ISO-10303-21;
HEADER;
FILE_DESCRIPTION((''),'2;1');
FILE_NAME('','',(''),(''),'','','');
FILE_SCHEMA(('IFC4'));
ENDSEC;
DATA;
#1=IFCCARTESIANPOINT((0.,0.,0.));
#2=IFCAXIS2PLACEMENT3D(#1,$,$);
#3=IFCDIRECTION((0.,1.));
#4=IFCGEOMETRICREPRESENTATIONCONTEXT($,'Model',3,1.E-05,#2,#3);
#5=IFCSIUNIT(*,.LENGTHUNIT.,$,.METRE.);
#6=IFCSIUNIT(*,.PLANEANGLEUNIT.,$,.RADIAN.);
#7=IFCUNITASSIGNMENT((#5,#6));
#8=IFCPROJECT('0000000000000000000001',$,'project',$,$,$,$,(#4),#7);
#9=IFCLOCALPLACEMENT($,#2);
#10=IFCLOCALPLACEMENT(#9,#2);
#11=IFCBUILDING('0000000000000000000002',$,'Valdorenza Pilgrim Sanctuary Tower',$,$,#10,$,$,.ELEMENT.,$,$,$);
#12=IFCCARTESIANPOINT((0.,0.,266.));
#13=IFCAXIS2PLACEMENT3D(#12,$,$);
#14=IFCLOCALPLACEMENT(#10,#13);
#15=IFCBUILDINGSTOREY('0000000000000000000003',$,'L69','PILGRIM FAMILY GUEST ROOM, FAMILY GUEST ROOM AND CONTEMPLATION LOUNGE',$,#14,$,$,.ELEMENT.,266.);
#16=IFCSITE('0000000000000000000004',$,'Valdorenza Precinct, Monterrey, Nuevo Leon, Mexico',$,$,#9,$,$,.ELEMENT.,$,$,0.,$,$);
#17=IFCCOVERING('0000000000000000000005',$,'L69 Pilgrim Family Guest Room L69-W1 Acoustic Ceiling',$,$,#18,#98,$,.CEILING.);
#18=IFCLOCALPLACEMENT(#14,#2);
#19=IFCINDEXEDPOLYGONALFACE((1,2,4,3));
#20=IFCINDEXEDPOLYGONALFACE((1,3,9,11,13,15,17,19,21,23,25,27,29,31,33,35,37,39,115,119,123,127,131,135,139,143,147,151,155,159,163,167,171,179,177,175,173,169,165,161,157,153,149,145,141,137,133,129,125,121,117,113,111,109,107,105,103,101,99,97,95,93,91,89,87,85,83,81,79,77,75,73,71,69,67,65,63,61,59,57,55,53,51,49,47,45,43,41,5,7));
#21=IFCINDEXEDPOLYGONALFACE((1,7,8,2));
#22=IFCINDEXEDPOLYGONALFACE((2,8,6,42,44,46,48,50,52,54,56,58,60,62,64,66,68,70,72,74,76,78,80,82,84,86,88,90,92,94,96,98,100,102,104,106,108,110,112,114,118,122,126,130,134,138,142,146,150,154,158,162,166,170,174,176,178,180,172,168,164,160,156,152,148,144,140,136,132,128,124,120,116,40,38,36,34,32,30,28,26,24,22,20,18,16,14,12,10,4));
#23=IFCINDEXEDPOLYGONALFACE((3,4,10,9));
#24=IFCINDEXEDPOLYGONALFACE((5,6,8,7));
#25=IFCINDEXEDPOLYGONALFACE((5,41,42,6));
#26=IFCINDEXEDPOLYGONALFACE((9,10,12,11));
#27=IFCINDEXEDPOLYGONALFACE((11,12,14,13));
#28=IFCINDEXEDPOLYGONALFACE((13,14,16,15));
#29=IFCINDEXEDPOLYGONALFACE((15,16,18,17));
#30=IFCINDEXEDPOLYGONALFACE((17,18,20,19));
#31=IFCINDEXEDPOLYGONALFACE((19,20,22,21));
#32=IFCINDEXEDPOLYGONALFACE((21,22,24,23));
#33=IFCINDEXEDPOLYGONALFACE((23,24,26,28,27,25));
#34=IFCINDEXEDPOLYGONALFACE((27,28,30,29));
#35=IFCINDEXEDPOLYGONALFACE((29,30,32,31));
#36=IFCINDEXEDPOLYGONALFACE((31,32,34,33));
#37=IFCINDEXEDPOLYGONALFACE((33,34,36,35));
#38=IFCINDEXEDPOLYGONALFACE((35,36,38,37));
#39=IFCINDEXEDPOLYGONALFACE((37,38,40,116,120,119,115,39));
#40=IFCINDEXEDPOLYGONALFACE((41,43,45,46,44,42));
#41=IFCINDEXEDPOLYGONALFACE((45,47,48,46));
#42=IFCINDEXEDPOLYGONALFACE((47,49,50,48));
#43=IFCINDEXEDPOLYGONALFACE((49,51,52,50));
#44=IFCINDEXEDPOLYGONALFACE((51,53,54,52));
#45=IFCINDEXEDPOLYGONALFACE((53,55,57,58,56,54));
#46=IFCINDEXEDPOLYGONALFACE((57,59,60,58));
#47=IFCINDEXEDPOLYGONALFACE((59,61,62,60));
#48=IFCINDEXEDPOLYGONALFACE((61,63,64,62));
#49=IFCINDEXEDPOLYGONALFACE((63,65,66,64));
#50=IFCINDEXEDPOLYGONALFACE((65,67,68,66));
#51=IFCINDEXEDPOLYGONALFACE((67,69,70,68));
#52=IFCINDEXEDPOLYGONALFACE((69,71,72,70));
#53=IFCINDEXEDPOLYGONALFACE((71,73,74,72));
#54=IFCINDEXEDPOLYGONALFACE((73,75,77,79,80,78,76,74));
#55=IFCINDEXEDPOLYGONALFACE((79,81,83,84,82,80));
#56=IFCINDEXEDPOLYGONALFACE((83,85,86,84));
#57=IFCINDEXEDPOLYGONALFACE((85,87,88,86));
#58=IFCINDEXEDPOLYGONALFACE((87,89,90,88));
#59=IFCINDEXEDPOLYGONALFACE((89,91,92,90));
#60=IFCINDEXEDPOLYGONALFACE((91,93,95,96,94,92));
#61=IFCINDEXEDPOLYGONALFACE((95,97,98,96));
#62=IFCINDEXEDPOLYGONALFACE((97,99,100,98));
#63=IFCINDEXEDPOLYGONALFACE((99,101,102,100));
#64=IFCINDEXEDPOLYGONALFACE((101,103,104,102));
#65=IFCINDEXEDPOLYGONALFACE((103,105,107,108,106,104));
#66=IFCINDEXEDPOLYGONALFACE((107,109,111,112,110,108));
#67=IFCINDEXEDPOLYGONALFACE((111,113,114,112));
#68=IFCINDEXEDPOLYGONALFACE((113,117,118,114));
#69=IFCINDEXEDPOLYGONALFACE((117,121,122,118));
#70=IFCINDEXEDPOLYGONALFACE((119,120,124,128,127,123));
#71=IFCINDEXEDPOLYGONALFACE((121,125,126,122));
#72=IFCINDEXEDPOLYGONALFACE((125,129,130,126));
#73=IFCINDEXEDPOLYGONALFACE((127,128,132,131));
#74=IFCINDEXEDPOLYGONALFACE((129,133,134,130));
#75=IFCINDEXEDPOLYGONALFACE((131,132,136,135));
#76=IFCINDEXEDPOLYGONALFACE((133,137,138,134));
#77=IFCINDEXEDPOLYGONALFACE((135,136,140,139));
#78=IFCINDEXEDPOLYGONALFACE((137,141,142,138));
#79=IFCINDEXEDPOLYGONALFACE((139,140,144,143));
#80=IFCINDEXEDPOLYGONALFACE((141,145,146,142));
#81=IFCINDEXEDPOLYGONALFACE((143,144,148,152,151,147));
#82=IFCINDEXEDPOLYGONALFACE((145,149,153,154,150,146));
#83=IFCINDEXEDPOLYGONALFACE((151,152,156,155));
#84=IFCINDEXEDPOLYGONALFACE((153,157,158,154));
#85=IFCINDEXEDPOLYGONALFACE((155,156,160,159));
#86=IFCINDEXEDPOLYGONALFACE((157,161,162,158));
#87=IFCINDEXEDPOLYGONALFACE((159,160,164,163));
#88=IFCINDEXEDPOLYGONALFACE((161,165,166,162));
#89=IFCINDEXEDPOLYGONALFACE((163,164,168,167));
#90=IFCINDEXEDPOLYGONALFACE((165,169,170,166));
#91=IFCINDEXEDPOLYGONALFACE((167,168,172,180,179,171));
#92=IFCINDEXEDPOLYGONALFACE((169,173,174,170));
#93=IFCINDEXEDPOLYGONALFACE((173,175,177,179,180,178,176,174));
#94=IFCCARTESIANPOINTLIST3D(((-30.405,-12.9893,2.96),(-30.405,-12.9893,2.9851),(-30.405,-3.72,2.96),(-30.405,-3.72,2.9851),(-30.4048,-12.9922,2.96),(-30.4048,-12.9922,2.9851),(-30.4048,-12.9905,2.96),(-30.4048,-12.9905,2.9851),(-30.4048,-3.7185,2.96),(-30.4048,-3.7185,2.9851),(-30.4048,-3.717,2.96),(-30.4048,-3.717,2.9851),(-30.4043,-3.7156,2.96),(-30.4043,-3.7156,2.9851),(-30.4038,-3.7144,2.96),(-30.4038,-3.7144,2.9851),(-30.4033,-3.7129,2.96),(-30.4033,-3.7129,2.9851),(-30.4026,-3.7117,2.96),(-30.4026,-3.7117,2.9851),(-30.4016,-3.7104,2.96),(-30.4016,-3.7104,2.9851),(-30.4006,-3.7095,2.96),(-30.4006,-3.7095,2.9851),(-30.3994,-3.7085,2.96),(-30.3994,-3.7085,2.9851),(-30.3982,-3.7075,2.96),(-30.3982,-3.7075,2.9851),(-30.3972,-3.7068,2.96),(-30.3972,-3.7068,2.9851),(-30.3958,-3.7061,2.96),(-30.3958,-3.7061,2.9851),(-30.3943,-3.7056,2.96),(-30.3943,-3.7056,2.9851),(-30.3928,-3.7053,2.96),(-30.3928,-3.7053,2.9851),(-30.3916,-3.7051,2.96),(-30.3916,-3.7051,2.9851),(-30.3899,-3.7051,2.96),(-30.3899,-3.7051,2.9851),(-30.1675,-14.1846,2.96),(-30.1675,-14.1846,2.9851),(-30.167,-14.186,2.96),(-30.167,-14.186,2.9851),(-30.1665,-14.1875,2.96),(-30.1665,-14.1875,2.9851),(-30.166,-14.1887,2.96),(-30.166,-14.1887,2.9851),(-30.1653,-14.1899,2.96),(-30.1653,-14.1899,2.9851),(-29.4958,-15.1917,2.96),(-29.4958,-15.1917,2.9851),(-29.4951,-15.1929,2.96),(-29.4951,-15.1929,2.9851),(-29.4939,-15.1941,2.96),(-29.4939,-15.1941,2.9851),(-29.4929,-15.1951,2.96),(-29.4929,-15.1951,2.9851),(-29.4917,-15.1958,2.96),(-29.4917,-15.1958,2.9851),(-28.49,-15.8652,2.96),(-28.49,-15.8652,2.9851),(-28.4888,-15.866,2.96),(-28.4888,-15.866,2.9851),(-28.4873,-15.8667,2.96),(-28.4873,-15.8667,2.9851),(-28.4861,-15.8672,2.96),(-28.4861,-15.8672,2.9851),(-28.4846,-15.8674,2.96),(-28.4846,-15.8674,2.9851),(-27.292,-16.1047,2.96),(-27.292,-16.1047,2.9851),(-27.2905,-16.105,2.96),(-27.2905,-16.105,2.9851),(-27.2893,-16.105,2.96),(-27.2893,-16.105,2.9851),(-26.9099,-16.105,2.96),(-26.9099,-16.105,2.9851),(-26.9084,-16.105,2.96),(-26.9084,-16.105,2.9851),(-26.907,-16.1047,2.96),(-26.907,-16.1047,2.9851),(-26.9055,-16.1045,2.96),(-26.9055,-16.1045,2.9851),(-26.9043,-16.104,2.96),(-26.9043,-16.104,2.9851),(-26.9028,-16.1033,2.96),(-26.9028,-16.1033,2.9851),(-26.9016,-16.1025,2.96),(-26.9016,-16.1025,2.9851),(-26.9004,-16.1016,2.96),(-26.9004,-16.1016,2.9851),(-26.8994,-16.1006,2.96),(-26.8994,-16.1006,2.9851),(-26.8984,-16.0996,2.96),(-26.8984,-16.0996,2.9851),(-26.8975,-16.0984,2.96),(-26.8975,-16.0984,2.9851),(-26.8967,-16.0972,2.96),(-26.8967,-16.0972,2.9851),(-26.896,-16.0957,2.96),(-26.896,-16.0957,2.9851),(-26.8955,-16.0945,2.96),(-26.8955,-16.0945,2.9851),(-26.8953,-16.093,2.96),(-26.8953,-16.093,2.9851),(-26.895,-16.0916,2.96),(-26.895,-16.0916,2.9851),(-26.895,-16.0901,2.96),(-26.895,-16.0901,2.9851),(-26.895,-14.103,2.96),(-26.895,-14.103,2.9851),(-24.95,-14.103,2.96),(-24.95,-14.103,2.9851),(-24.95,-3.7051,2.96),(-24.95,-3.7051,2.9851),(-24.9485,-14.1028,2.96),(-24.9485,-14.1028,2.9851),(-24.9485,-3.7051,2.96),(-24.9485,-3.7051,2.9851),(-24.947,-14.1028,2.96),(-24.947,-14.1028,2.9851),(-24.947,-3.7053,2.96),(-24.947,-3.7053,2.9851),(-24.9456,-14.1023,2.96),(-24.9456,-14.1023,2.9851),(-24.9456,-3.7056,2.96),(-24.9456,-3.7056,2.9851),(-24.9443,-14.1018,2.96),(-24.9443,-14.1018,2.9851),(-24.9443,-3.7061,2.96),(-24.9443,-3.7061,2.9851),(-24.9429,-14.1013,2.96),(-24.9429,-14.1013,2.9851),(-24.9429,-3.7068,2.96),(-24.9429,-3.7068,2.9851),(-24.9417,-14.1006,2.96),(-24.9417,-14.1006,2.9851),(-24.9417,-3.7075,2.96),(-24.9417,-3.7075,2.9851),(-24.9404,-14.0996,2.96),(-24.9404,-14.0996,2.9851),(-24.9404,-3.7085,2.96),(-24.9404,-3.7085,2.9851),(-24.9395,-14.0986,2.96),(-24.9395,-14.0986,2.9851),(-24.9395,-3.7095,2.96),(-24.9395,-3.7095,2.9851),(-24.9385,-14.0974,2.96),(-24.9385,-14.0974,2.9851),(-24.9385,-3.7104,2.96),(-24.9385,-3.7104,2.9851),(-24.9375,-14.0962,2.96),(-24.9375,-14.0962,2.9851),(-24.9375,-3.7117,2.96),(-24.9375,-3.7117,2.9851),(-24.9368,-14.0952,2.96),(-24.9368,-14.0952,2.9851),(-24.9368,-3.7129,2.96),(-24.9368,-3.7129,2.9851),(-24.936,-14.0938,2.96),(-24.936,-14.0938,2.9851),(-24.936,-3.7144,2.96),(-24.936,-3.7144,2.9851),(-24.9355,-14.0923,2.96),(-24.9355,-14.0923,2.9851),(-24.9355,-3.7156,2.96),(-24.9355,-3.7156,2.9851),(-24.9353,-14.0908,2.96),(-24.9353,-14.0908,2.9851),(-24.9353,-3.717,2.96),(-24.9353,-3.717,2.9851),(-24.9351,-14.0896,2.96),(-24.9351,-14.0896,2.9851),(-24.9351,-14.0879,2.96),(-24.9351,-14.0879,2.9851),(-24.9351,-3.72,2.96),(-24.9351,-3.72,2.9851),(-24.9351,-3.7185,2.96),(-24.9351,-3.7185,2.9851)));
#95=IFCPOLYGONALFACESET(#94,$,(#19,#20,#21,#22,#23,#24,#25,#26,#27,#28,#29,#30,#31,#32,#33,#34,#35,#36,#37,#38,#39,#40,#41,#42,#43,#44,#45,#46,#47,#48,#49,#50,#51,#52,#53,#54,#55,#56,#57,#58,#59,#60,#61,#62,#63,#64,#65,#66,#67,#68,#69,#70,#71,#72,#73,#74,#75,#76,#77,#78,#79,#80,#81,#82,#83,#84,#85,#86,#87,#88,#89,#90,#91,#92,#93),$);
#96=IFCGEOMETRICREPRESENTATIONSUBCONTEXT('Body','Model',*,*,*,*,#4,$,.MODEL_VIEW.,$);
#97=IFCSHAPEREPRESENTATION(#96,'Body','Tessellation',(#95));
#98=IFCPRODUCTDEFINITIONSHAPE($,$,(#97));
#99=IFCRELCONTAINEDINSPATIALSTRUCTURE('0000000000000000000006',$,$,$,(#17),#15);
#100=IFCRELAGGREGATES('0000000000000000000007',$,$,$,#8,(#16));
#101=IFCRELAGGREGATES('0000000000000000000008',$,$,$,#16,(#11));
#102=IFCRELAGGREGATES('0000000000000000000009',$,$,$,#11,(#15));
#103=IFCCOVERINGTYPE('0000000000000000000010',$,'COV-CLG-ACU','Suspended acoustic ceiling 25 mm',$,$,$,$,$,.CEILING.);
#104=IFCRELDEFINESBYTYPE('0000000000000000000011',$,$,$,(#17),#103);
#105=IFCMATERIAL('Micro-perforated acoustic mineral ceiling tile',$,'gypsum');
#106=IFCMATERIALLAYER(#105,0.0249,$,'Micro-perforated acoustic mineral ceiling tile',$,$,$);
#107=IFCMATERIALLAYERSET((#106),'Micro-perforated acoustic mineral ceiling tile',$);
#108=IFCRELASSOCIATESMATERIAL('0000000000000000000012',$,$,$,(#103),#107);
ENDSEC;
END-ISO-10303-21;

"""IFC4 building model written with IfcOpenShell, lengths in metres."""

from ifc_helpers import new_model, si_unit, direction, frame, origin, place, context, subcontext, project, spatial, polyline, outline, extrude, material, layer, layer_set, type_object, element, save


model = new_model("IFC4")

# Units and contexts
model_context = context("Model", 3, precision=1e-05, world=origin(), true_north=direction((0.0, 1.0)))
body_context = subcontext(model_context, "Body", "Model", "MODEL_VIEW")
ifc_project = project(units=[si_unit("LENGTHUNIT", "METRE"), si_unit("PLANEANGLEUNIT", "RADIAN")], contexts=[model_context])

# Site, building, storey
site_placement = place(None, origin())
site = spatial("IfcSite", under=ifc_project, at=site_placement, Name="Valdorenza Precinct, Monterrey, Nuevo Leon, Mexico", CompositionType="ELEMENT", RefElevation=0.0)
building_placement = place(site_placement, origin())
building = spatial("IfcBuilding", under=site, at=building_placement, Name="Valdorenza Pilgrim Sanctuary Tower", CompositionType="ELEMENT")
storey_placement = place(building_placement, frame((0.0, 0.0, 266.0)))
storey = spatial("IfcBuildingStorey", under=building, at=storey_placement, Name="L69", Description="PILGRIM FAMILY GUEST ROOM, FAMILY GUEST ROOM AND CONTEMPLATION LOUNGE", CompositionType="ELEMENT", Elevation=266.0)

# Covering
ifc_material_1 = material(Name="Micro-perforated acoustic mineral ceiling tile", Category="gypsum")
ifc_layer_1 = layer(ifc_material_1, 0.0249, Name="Micro-perforated acoustic mineral ceiling tile")
ifc_layer_set_1 = layer_set([ifc_layer_1], Name="Micro-perforated acoustic mineral ceiling tile")
covering_type_1 = type_object("IfcCoveringType", Name="COV-CLG-ACU", Description="Suspended acoustic ceiling 25 mm", PredefinedType="CEILING", material=ifc_layer_set_1)
covering_1_placement = place(storey_placement, frame((0.0, 0.0, 2.96)))
element("IfcCovering", 1, at=covering_1_placement, inside=storey, type_object=covering_type_1, Name="L69 Pilgrim Family Guest Room L69-W1 Acoustic Ceiling", PredefinedType="CEILING", context=body_context, shape_type="SweptSolid", body=[
    extrude(outline(polyline([(-30.405, -3.72), (-30.4048, -3.7185), (-30.4048, -3.717), (-30.4043, -3.7156), (-30.4038, -3.7144), (-30.4033, -3.7129), (-30.4026, -3.7117), (-30.4016, -3.7104), (-30.4006, -3.7095), (-30.3994, -3.7085), (-30.3982, -3.7075), (-30.3972, -3.7068), (-30.3958, -3.7061), (-30.3943, -3.7056), (-30.3928, -3.7053), (-30.3916, -3.7051), (-30.3899, -3.7051), (-24.95, -3.7051), (-24.9485, -3.7051), (-24.947, -3.7053), (-24.9456, -3.7056), (-24.9443, -3.7061), (-24.9429, -3.7068), (-24.9417, -3.7075), (-24.9404, -3.7085), (-24.9395, -3.7095), (-24.9385, -3.7104), (-24.9375, -3.7117), (-24.9368, -3.7129), (-24.936, -3.7144), (-24.9355, -3.7156), (-24.9353, -3.717), (-24.9351, -3.7185), (-24.9351, -3.72), (-24.9351, -14.0879), (-24.9351, -14.0896), (-24.9353, -14.0908), (-24.9355, -14.0923), (-24.936, -14.0938), (-24.9368, -14.0952), (-24.9375, -14.0962), (-24.9385, -14.0974), (-24.9395, -14.0986), (-24.9404, -14.0996), (-24.9417, -14.1006), (-24.9429, -14.1013), (-24.9443, -14.1018), (-24.9456, -14.1023), (-24.947, -14.1028), (-24.9485, -14.1028), (-24.95, -14.103), (-26.895, -14.103), (-26.895, -16.0901), (-26.895, -16.0916), (-26.8953, -16.093), (-26.8955, -16.0945), (-26.896, -16.0957), (-26.8967, -16.0972), (-26.8975, -16.0984), (-26.8984, -16.0996), (-26.8994, -16.1006), (-26.9004, -16.1016), (-26.9016, -16.1025), (-26.9028, -16.1033), (-26.9043, -16.104), (-26.9055, -16.1045), (-26.907, -16.1047), (-26.9084, -16.105), (-26.9099, -16.105), (-27.2893, -16.105), (-27.2905, -16.105), (-27.292, -16.1047), (-28.4846, -15.8674), (-28.4861, -15.8672), (-28.4873, -15.8667), (-28.4888, -15.866), (-28.49, -15.8652), (-29.4917, -15.1958), (-29.4929, -15.1951), (-29.4939, -15.1941), (-29.4951, -15.1929), (-29.4958, -15.1917), (-30.1653, -14.1899), (-30.166, -14.1887), (-30.1665, -14.1875), (-30.167, -14.186), (-30.1675, -14.1846), (-30.4048, -12.9922), (-30.4048, -12.9905), (-30.405, -12.9893), (-30.405, -3.72)])), origin(), (0.0, 0.0, 1.0), 0.0251),
])

save(model, "model.ifc")
